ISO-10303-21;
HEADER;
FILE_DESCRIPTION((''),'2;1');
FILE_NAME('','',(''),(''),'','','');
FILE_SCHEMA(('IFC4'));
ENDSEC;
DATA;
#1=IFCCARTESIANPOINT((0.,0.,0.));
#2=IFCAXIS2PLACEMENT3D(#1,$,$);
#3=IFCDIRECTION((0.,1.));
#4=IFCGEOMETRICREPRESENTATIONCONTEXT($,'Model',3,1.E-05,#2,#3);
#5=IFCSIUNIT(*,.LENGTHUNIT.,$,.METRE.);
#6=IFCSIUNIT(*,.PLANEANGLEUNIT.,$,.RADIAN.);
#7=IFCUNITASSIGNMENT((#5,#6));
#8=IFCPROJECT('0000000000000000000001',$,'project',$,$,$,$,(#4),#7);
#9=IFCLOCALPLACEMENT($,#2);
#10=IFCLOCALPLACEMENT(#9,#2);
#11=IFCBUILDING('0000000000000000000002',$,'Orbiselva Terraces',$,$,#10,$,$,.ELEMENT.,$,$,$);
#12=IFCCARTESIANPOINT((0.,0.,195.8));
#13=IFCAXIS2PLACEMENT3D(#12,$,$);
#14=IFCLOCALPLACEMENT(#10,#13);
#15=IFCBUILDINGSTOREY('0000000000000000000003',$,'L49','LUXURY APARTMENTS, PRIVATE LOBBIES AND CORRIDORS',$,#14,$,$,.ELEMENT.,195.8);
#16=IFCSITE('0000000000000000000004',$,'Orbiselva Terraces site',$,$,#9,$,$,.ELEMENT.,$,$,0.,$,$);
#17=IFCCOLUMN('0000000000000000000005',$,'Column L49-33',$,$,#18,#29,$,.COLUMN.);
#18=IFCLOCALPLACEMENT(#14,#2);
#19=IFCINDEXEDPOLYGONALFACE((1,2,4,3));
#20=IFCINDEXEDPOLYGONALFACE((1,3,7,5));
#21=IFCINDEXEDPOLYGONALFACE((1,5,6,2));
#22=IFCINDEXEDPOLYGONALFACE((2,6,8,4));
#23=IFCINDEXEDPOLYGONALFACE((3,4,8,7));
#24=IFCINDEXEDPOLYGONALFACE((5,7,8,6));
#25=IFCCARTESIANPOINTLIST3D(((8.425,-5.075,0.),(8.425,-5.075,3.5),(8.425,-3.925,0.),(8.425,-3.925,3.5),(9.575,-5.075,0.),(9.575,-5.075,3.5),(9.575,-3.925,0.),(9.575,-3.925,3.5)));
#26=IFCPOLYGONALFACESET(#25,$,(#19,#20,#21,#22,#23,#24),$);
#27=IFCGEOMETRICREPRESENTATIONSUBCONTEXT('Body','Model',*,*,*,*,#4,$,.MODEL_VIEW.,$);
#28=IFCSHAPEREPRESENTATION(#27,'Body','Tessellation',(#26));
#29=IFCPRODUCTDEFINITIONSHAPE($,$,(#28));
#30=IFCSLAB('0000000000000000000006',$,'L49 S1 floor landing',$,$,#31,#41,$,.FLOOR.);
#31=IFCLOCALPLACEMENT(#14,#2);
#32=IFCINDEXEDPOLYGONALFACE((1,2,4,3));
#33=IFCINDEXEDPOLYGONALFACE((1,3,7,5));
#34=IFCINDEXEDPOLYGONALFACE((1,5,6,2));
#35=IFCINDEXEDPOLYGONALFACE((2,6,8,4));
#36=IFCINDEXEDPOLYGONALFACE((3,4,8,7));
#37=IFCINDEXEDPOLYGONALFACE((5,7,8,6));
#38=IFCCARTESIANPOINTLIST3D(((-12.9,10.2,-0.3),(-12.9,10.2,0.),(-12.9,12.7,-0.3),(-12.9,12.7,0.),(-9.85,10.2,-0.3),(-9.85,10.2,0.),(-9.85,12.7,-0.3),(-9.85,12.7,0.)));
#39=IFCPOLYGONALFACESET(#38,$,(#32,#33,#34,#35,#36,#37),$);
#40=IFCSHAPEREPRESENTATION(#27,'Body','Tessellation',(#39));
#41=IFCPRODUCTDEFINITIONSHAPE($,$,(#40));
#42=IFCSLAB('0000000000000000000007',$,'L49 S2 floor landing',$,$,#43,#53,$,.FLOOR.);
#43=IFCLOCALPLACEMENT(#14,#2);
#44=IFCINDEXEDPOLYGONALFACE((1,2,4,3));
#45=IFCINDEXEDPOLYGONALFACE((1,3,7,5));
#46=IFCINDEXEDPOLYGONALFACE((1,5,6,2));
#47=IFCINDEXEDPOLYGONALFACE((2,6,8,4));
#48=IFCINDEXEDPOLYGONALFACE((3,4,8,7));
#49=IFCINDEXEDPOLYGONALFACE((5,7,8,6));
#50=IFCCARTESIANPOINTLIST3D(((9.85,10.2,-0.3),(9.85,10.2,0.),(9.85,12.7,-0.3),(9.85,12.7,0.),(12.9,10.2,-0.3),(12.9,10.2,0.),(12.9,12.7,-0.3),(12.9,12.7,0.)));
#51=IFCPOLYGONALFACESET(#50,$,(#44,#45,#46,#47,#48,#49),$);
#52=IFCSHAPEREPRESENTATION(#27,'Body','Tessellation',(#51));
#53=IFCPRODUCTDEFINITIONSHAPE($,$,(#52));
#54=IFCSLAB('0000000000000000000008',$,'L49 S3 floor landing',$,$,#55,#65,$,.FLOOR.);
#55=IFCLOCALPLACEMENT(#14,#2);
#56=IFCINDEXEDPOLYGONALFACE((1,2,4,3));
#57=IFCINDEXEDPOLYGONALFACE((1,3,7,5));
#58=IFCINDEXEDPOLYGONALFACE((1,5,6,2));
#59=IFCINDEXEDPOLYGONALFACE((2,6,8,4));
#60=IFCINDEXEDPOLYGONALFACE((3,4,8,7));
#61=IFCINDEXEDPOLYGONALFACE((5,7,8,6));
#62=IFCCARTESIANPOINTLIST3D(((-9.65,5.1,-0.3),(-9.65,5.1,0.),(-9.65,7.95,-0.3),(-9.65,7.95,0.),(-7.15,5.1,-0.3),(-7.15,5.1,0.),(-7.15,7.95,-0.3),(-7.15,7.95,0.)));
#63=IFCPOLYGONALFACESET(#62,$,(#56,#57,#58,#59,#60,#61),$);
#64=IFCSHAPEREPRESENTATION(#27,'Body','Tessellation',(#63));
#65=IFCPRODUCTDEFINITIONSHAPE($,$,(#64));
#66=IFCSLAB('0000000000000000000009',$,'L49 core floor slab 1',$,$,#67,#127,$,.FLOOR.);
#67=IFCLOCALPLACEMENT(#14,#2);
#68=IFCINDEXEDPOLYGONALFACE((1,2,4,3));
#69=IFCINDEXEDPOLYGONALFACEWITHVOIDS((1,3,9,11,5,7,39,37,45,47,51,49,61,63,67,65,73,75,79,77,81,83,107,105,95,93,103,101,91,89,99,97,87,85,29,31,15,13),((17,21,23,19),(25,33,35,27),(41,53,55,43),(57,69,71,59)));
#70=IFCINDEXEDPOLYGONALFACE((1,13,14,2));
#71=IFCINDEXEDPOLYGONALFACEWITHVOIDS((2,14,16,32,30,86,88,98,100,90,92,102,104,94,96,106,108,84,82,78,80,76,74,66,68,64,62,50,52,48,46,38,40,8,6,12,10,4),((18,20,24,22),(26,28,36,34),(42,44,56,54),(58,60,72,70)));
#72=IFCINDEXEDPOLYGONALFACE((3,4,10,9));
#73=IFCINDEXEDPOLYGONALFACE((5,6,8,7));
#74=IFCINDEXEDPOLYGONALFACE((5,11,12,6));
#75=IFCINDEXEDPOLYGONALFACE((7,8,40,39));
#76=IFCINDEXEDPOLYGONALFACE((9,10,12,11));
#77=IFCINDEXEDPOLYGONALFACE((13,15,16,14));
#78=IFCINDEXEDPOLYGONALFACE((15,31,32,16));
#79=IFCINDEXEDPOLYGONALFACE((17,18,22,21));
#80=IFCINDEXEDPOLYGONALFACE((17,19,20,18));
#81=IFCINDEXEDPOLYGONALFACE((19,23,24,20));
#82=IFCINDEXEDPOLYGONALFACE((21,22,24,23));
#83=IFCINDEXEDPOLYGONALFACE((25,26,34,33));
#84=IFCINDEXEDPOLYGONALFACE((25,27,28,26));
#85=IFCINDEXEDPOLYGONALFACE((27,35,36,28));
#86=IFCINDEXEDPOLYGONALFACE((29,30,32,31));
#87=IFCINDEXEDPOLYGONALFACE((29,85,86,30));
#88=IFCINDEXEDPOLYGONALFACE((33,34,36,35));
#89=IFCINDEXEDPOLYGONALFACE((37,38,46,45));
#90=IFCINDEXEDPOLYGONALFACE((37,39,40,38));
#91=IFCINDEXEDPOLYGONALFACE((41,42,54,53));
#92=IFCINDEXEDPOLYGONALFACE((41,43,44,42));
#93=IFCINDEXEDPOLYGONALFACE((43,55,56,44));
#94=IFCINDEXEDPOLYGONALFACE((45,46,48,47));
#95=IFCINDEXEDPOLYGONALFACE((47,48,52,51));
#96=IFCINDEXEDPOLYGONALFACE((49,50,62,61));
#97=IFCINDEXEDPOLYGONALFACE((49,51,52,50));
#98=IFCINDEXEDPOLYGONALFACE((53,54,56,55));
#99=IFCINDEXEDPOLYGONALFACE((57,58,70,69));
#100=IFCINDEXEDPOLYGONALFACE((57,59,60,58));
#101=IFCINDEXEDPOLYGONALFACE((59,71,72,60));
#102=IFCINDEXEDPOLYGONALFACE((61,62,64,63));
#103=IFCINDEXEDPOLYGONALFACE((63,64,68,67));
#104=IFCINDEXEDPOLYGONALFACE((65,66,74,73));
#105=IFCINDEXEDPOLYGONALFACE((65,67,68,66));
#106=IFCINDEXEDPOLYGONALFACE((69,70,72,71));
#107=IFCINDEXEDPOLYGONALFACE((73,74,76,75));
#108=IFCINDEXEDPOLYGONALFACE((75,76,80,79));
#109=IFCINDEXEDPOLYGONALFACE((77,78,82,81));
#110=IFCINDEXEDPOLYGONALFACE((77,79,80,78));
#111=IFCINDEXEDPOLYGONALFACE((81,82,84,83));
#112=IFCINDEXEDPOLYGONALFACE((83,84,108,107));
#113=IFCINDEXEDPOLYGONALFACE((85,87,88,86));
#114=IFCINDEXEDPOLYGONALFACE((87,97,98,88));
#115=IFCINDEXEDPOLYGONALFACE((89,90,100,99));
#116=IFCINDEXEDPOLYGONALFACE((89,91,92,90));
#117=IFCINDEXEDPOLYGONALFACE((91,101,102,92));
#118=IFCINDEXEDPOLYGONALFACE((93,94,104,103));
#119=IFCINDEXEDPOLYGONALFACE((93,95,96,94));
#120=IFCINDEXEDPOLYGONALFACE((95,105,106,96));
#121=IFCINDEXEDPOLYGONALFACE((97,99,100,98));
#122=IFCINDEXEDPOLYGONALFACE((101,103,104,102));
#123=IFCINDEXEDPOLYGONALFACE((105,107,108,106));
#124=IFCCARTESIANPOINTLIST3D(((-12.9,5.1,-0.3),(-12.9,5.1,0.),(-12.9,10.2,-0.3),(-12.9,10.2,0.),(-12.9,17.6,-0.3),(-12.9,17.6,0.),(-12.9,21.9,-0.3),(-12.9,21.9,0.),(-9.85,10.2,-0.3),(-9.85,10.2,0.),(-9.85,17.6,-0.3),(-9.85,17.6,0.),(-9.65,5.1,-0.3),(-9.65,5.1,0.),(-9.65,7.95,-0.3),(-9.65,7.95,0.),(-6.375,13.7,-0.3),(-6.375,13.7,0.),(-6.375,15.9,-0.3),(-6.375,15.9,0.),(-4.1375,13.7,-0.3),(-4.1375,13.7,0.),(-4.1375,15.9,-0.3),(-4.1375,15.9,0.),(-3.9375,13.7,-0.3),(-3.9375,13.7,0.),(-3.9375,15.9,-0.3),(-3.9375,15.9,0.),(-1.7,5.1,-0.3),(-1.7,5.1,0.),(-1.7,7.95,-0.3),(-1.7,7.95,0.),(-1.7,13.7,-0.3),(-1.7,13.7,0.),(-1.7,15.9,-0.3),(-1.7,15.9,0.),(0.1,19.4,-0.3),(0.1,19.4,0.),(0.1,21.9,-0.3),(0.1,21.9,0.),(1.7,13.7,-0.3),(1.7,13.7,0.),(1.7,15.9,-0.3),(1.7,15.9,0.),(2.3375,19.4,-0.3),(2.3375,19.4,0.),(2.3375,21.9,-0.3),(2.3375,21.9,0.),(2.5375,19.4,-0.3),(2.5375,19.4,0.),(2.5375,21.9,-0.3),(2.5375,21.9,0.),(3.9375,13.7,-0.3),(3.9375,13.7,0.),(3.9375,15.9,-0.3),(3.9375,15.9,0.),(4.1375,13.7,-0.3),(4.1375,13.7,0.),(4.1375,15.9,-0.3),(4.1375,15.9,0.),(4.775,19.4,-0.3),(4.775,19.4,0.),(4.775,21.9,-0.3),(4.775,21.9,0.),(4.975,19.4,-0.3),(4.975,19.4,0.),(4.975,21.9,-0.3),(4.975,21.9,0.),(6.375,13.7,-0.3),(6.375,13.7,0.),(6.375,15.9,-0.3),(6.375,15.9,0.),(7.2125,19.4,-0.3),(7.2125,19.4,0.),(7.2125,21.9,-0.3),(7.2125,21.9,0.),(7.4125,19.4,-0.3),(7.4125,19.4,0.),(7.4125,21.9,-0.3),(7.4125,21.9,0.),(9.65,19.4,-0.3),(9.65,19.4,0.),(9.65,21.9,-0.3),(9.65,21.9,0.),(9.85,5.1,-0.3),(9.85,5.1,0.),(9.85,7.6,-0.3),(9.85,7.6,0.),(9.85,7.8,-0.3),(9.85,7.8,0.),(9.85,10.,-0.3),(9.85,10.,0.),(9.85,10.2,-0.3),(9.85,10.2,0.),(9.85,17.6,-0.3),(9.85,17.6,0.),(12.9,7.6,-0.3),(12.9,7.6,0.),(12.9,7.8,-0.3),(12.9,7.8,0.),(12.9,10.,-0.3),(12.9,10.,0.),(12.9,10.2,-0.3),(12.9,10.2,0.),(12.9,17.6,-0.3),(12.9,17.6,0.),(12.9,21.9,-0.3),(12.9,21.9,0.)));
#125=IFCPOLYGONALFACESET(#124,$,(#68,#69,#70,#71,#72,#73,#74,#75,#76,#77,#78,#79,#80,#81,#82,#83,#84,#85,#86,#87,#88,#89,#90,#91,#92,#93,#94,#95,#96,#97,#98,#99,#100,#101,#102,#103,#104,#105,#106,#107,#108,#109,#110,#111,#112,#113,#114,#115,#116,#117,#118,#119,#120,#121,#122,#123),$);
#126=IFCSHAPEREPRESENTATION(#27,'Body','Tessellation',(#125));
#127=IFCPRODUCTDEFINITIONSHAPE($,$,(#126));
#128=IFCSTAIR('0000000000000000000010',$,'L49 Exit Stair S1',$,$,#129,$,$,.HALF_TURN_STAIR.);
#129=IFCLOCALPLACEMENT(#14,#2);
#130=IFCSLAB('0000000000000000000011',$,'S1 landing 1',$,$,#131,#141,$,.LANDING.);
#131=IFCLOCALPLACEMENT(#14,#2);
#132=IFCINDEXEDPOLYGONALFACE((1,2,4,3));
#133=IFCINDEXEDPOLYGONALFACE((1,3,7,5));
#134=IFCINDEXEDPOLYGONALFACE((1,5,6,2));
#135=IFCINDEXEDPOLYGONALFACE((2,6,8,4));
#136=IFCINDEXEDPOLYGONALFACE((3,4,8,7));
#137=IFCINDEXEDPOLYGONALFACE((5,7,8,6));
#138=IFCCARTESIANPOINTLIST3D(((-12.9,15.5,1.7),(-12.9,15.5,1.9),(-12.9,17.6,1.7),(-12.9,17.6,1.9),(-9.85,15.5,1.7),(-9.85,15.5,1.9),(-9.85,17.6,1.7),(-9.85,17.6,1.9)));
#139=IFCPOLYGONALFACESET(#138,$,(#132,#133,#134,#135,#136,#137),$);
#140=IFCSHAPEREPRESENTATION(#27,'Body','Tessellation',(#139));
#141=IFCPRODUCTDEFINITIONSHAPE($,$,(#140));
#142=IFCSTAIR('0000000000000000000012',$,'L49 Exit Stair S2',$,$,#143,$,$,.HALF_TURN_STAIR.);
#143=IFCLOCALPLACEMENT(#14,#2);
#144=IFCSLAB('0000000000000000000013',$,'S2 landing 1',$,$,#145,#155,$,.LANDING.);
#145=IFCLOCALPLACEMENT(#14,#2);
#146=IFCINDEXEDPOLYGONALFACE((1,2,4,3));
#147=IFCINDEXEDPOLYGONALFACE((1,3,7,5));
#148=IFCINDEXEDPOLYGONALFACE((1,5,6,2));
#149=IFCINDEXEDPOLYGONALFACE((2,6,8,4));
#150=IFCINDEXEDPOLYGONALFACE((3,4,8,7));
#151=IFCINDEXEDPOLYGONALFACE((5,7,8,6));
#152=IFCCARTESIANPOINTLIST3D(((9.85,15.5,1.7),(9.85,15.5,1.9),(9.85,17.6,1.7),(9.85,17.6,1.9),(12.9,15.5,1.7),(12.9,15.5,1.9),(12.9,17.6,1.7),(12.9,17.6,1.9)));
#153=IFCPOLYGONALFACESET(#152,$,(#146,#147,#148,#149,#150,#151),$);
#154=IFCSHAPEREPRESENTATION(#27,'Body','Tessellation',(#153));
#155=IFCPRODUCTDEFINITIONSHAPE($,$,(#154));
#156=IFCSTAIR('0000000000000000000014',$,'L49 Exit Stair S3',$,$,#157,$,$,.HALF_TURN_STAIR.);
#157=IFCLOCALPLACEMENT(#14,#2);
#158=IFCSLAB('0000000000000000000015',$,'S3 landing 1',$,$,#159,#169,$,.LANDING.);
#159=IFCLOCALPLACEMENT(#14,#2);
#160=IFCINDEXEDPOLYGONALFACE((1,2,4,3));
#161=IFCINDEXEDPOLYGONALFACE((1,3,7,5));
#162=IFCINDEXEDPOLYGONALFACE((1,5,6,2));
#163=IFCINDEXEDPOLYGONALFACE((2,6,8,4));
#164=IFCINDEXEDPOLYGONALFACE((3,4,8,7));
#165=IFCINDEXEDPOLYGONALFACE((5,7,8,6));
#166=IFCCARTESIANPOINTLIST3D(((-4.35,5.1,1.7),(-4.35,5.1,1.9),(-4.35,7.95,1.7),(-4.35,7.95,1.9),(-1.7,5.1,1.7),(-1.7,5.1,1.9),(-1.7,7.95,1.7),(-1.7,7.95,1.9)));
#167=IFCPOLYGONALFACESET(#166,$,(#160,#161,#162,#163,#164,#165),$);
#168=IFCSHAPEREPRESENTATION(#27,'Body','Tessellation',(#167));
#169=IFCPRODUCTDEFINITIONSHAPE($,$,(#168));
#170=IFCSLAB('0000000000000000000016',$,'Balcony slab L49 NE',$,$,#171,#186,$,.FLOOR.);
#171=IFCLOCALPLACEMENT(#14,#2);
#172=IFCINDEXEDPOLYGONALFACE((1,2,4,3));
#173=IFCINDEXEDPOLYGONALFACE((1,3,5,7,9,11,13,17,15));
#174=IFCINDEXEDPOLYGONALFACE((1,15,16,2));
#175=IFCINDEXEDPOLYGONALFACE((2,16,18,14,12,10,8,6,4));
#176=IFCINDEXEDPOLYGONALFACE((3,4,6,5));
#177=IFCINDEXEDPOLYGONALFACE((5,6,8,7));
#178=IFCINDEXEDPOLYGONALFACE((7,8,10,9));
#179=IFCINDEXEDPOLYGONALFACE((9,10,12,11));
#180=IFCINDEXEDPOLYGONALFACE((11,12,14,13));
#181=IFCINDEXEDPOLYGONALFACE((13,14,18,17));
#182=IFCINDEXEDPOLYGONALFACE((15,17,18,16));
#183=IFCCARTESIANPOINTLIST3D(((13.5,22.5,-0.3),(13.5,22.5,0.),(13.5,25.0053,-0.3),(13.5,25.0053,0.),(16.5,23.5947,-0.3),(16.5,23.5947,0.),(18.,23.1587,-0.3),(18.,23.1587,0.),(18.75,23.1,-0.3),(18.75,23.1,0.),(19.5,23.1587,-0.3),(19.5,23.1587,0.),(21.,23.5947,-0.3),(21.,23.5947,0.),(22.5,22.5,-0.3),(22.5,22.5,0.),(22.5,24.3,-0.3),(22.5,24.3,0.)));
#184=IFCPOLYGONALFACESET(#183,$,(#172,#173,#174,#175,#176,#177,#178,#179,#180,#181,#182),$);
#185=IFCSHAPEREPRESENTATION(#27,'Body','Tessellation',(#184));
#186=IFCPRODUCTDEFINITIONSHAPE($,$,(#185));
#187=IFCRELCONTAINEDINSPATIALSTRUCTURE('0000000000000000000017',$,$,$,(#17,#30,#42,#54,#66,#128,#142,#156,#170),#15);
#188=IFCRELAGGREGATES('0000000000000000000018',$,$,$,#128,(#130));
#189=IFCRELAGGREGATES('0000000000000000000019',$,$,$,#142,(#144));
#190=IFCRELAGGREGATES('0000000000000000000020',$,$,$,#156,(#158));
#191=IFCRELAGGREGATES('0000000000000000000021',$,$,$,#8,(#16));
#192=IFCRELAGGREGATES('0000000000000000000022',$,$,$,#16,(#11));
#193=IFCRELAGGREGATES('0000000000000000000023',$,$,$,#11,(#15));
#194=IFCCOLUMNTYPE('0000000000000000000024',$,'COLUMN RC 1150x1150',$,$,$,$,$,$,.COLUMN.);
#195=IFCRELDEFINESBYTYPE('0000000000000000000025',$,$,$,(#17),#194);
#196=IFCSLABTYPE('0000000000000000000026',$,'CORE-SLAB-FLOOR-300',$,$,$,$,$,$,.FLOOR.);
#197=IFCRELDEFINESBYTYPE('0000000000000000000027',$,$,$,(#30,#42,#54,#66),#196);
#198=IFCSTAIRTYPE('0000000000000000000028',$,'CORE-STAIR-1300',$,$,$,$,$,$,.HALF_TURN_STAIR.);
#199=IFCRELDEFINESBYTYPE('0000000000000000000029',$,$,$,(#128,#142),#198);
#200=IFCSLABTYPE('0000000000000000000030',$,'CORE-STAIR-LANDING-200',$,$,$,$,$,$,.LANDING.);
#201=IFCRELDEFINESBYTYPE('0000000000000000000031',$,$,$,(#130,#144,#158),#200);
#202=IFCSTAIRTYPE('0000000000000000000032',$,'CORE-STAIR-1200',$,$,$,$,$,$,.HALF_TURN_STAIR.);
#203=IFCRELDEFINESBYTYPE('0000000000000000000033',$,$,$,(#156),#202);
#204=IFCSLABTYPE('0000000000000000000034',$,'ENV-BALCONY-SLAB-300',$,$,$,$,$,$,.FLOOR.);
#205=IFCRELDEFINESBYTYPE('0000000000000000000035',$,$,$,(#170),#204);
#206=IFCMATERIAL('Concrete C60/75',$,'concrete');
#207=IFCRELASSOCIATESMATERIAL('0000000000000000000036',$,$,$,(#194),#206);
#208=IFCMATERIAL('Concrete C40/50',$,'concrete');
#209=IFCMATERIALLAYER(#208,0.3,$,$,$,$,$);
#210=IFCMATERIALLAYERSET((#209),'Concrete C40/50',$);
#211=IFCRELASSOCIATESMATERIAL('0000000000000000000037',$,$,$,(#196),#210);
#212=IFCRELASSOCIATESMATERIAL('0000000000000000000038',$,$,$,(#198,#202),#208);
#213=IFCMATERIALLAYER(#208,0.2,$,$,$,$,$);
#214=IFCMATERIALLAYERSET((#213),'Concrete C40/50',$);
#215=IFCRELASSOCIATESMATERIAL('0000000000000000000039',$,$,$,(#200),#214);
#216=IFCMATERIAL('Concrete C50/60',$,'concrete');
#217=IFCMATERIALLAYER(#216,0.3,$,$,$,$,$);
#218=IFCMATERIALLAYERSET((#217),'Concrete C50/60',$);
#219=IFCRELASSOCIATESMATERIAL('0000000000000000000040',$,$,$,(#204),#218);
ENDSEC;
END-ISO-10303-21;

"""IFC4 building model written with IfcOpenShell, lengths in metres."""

from ifc_helpers import new_model, si_unit, direction, frame, origin, origin_2d, place, context, subcontext, project, spatial, polyline, rectangle, outline, extrude, material, layer, layer_set, material_profile, profile_set, type_object, element, aggregate, save


model = new_model("IFC4")

# Units and contexts
model_context = context("Model", 3, precision=1e-05, world=origin(), true_north=direction((0.0, 1.0)))
body_context = subcontext(model_context, "Body", "Model", "MODEL_VIEW")
ifc_project = project(units=[si_unit("LENGTHUNIT", "METRE"), si_unit("PLANEANGLEUNIT", "RADIAN")], contexts=[model_context])

# Site, building, storey
site_placement = place(None, origin())
site = spatial("IfcSite", under=ifc_project, at=site_placement, Name="Orbiselva Terraces site", CompositionType="ELEMENT", RefElevation=0.0)
building_placement = place(site_placement, origin())
building = spatial("IfcBuilding", under=site, at=building_placement, Name="Orbiselva Terraces", CompositionType="ELEMENT")
storey_placement = place(building_placement, frame((0.0, 0.0, 195.8)))
storey = spatial("IfcBuildingStorey", under=building, at=storey_placement, Name="L49", Description="LUXURY APARTMENTS, PRIVATE LOBBIES AND CORRIDORS", CompositionType="ELEMENT", Elevation=195.8)

# Column
ifc_material_1 = material(Name="Concrete C60/75", Category="concrete")
ifc_material_profile = material_profile(ifc_material_1, rectangle(XDim=1.15, YDim=1.15, at=origin_2d()), Name="RC 1150x1150")
ifc_profile_set = profile_set([ifc_material_profile], Name="Concrete C60/75")
column_type = type_object("IfcColumnType", Name="COLUMN RC 1150x1150", PredefinedType="COLUMN", material=ifc_profile_set)
column_placement = place(storey_placement, frame((9.0, -4.5, 0.0), z_axis=(0.0, 0.0, 1.0), x_axis=(1.0, 0.0, 0.0)))
element("IfcColumn", 1, at=column_placement, inside=storey, type_object=column_type, Name="Column L49-33", PredefinedType="COLUMN", context=body_context, shape_type="SweptSolid", body=[
    extrude(rectangle(XDim=1.15, YDim=1.15, at=origin_2d()), origin(), (0.0, 0.0, 1.0), 3.5),
])

# Slabs
ifc_material_2 = material(Name="Concrete C40/50", Category="concrete")
ifc_layer_1 = layer(ifc_material_2, 0.3)
ifc_layer_set_1 = layer_set([ifc_layer_1], Name="Concrete C40/50")
slab_type_1 = type_object("IfcSlabType", Name="CORE-SLAB-FLOOR-300", PredefinedType="FLOOR", material=ifc_layer_set_1)
slab_1_placement = place(storey_placement, frame((0.0, 0.0, -0.3)))
element("IfcSlab", 2, at=slab_1_placement, inside=storey, type_object=slab_type_1, Name="L49 S1 floor landing", PredefinedType="FLOOR", context=body_context, shape_type="SweptSolid", body=[
    extrude(outline(polyline([(-12.9, 12.7), (-9.85, 12.7), (-9.85, 10.2), (-12.9, 10.2), (-12.9, 12.7)])), origin(), (0.0, 0.0, 1.0), 0.3),
])
slab_2_placement = place(storey_placement, frame((0.0, 0.0, -0.3)))
element("IfcSlab", 3, at=slab_2_placement, inside=storey, type_object=slab_type_1, Name="L49 S2 floor landing", PredefinedType="FLOOR", context=body_context, shape_type="SweptSolid", body=[
    extrude(outline(polyline([(12.9, 12.7), (12.9, 10.2), (9.85, 10.2), (9.85, 12.7), (12.9, 12.7)])), origin(), (0.0, 0.0, 1.0), 0.3),
])
slab_3_placement = place(storey_placement, frame((0.0, 0.0, -0.3)))
element("IfcSlab", 4, at=slab_3_placement, inside=storey, type_object=slab_type_1, Name="L49 S3 floor landing", PredefinedType="FLOOR", context=body_context, shape_type="SweptSolid", body=[
    extrude(outline(polyline([(-7.15, 5.1), (-9.65, 5.1), (-9.65, 7.95), (-7.15, 7.95), (-7.15, 5.1)])), origin(), (0.0, 0.0, 1.0), 0.3),
])
slab_4_placement = place(storey_placement, frame((0.0, 0.0, -0.3)))
element("IfcSlab", 5, at=slab_4_placement, inside=storey, type_object=slab_type_1, Name="L49 core floor slab 1", PredefinedType="FLOOR", context=body_context, shape_type="SweptSolid", body=[
    extrude(outline(polyline([(-1.7, 5.1), (-1.7, 7.95), (-9.65, 7.95), (-9.65, 5.1), (-12.9, 5.1), (-12.9, 10.2), (-9.85, 10.2), (-9.85, 17.6), (-12.9, 17.6), (-12.9, 21.9), (0.1, 21.9), (0.1, 19.4), (2.3375, 19.4), (2.3375, 21.9), (2.5375, 21.9), (2.5375, 19.4), (4.775, 19.4), (4.775, 21.9), (4.975, 21.9), (4.975, 19.4), (7.2125, 19.4), (7.2125, 21.9), (7.4125, 21.9), (7.4125, 19.4), (9.65, 19.4), (9.65, 21.9), (12.9, 21.9), (12.9, 17.6), (9.85, 17.6), (9.85, 10.2), (12.9, 10.2), (12.9, 10.0), (9.85, 10.0), (9.85, 7.8), (12.9, 7.8), (12.9, 7.6), (9.85, 7.6), (9.85, 5.1), (-1.7, 5.1)]), holes=[polyline([(-4.1375, 13.7), (-4.1375, 15.9), (-6.375, 15.9), (-6.375, 13.7), (-4.1375, 13.7)]), polyline([(-1.7, 13.7), (-1.7, 15.9), (-3.9375, 15.9), (-3.9375, 13.7), (-1.7, 13.7)]), polyline([(3.9375, 15.9), (1.7, 15.9), (1.7, 13.7), (3.9375, 13.7), (3.9375, 15.9)]), polyline([(6.375, 13.7), (6.375, 15.9), (4.1375, 15.9), (4.1375, 13.7), (6.375, 13.7)])]), origin(), (0.0, 0.0, 1.0), 0.3),
])

# Stairs, slabs
stair_type_1 = type_object("IfcStairType", Name="CORE-STAIR-1300", PredefinedType="HALF_TURN_STAIR", material=ifc_material_2)
stair_1_placement = place(storey_placement, origin())
stair_1 = element("IfcStair", 6, at=stair_1_placement, inside=storey, type_object=stair_type_1, Name="L49 Exit Stair S1", PredefinedType="HALF_TURN_STAIR")
ifc_layer_2 = layer(ifc_material_2, 0.2)
ifc_layer_set_2 = layer_set([ifc_layer_2], Name="Concrete C40/50")
slab_type_2 = type_object("IfcSlabType", Name="CORE-STAIR-LANDING-200", PredefinedType="LANDING", material=ifc_layer_set_2)
slab_5_placement = place(storey_placement, frame((0.0, 0.0, 1.7)))
slab_5 = element("IfcSlab", 7, at=slab_5_placement, type_object=slab_type_2, Name="S1 landing 1", PredefinedType="LANDING", context=body_context, shape_type="SweptSolid", body=[
    extrude(outline(polyline([(-9.85, 15.5), (-9.85, 17.6), (-12.9, 17.6), (-12.9, 15.5), (-9.85, 15.5)])), origin(), (0.0, 0.0, 1.0), 0.2),
])
aggregate(stair_1, [slab_5])
stair_2_placement = place(storey_placement, origin())
stair_2 = element("IfcStair", 8, at=stair_2_placement, inside=storey, type_object=stair_type_1, Name="L49 Exit Stair S2", PredefinedType="HALF_TURN_STAIR")
slab_6_placement = place(storey_placement, frame((0.0, 0.0, 1.7)))
slab_6 = element("IfcSlab", 9, at=slab_6_placement, type_object=slab_type_2, Name="S2 landing 1", PredefinedType="LANDING", context=body_context, shape_type="SweptSolid", body=[
    extrude(outline(polyline([(12.9, 15.5), (12.9, 17.6), (9.85, 17.6), (9.85, 15.5), (12.9, 15.5)])), origin(), (0.0, 0.0, 1.0), 0.2),
])
aggregate(stair_2, [slab_6])
stair_type_2 = type_object("IfcStairType", Name="CORE-STAIR-1200", PredefinedType="HALF_TURN_STAIR", material=ifc_material_2)
stair_3_placement = place(storey_placement, origin())
stair_3 = element("IfcStair", 10, at=stair_3_placement, inside=storey, type_object=stair_type_2, Name="L49 Exit Stair S3", PredefinedType="HALF_TURN_STAIR")
slab_7_placement = place(storey_placement, frame((0.0, 0.0, 1.7)))
slab_7 = element("IfcSlab", 11, at=slab_7_placement, type_object=slab_type_2, Name="S3 landing 1", PredefinedType="LANDING", context=body_context, shape_type="SweptSolid", body=[
    extrude(outline(polyline([(-4.35, 5.1), (-1.7, 5.1), (-1.7, 7.95), (-4.35, 7.95), (-4.35, 5.1)])), origin(), (0.0, 0.0, 1.0), 0.2),
])
aggregate(stair_3, [slab_7])

# Slab
ifc_material_3 = material(Name="Concrete C50/60", Category="concrete")
ifc_layer_3 = layer(ifc_material_3, 0.3)
ifc_layer_set_3 = layer_set([ifc_layer_3], Name="Concrete C50/60")
slab_type_3 = type_object("IfcSlabType", Name="ENV-BALCONY-SLAB-300", PredefinedType="FLOOR", material=ifc_layer_set_3)
slab_8_placement = place(storey_placement, frame((0.0, 0.0, -0.3)))
element("IfcSlab", 12, at=slab_8_placement, inside=storey, type_object=slab_type_3, Name="Balcony slab L49 NE", PredefinedType="FLOOR", context=body_context, shape_type="SweptSolid", body=[
    extrude(outline(polyline([(22.5, 24.3), (21.0, 23.5947), (19.5, 23.1587), (18.75, 23.1), (18.0, 23.1587), (16.5, 23.5947), (13.5, 25.0053), (13.5, 22.5), (22.5, 22.5), (22.5, 24.3)])), origin(), (0.0, 0.0, 1.0), 0.3),
])

save(model, "model.ifc")
